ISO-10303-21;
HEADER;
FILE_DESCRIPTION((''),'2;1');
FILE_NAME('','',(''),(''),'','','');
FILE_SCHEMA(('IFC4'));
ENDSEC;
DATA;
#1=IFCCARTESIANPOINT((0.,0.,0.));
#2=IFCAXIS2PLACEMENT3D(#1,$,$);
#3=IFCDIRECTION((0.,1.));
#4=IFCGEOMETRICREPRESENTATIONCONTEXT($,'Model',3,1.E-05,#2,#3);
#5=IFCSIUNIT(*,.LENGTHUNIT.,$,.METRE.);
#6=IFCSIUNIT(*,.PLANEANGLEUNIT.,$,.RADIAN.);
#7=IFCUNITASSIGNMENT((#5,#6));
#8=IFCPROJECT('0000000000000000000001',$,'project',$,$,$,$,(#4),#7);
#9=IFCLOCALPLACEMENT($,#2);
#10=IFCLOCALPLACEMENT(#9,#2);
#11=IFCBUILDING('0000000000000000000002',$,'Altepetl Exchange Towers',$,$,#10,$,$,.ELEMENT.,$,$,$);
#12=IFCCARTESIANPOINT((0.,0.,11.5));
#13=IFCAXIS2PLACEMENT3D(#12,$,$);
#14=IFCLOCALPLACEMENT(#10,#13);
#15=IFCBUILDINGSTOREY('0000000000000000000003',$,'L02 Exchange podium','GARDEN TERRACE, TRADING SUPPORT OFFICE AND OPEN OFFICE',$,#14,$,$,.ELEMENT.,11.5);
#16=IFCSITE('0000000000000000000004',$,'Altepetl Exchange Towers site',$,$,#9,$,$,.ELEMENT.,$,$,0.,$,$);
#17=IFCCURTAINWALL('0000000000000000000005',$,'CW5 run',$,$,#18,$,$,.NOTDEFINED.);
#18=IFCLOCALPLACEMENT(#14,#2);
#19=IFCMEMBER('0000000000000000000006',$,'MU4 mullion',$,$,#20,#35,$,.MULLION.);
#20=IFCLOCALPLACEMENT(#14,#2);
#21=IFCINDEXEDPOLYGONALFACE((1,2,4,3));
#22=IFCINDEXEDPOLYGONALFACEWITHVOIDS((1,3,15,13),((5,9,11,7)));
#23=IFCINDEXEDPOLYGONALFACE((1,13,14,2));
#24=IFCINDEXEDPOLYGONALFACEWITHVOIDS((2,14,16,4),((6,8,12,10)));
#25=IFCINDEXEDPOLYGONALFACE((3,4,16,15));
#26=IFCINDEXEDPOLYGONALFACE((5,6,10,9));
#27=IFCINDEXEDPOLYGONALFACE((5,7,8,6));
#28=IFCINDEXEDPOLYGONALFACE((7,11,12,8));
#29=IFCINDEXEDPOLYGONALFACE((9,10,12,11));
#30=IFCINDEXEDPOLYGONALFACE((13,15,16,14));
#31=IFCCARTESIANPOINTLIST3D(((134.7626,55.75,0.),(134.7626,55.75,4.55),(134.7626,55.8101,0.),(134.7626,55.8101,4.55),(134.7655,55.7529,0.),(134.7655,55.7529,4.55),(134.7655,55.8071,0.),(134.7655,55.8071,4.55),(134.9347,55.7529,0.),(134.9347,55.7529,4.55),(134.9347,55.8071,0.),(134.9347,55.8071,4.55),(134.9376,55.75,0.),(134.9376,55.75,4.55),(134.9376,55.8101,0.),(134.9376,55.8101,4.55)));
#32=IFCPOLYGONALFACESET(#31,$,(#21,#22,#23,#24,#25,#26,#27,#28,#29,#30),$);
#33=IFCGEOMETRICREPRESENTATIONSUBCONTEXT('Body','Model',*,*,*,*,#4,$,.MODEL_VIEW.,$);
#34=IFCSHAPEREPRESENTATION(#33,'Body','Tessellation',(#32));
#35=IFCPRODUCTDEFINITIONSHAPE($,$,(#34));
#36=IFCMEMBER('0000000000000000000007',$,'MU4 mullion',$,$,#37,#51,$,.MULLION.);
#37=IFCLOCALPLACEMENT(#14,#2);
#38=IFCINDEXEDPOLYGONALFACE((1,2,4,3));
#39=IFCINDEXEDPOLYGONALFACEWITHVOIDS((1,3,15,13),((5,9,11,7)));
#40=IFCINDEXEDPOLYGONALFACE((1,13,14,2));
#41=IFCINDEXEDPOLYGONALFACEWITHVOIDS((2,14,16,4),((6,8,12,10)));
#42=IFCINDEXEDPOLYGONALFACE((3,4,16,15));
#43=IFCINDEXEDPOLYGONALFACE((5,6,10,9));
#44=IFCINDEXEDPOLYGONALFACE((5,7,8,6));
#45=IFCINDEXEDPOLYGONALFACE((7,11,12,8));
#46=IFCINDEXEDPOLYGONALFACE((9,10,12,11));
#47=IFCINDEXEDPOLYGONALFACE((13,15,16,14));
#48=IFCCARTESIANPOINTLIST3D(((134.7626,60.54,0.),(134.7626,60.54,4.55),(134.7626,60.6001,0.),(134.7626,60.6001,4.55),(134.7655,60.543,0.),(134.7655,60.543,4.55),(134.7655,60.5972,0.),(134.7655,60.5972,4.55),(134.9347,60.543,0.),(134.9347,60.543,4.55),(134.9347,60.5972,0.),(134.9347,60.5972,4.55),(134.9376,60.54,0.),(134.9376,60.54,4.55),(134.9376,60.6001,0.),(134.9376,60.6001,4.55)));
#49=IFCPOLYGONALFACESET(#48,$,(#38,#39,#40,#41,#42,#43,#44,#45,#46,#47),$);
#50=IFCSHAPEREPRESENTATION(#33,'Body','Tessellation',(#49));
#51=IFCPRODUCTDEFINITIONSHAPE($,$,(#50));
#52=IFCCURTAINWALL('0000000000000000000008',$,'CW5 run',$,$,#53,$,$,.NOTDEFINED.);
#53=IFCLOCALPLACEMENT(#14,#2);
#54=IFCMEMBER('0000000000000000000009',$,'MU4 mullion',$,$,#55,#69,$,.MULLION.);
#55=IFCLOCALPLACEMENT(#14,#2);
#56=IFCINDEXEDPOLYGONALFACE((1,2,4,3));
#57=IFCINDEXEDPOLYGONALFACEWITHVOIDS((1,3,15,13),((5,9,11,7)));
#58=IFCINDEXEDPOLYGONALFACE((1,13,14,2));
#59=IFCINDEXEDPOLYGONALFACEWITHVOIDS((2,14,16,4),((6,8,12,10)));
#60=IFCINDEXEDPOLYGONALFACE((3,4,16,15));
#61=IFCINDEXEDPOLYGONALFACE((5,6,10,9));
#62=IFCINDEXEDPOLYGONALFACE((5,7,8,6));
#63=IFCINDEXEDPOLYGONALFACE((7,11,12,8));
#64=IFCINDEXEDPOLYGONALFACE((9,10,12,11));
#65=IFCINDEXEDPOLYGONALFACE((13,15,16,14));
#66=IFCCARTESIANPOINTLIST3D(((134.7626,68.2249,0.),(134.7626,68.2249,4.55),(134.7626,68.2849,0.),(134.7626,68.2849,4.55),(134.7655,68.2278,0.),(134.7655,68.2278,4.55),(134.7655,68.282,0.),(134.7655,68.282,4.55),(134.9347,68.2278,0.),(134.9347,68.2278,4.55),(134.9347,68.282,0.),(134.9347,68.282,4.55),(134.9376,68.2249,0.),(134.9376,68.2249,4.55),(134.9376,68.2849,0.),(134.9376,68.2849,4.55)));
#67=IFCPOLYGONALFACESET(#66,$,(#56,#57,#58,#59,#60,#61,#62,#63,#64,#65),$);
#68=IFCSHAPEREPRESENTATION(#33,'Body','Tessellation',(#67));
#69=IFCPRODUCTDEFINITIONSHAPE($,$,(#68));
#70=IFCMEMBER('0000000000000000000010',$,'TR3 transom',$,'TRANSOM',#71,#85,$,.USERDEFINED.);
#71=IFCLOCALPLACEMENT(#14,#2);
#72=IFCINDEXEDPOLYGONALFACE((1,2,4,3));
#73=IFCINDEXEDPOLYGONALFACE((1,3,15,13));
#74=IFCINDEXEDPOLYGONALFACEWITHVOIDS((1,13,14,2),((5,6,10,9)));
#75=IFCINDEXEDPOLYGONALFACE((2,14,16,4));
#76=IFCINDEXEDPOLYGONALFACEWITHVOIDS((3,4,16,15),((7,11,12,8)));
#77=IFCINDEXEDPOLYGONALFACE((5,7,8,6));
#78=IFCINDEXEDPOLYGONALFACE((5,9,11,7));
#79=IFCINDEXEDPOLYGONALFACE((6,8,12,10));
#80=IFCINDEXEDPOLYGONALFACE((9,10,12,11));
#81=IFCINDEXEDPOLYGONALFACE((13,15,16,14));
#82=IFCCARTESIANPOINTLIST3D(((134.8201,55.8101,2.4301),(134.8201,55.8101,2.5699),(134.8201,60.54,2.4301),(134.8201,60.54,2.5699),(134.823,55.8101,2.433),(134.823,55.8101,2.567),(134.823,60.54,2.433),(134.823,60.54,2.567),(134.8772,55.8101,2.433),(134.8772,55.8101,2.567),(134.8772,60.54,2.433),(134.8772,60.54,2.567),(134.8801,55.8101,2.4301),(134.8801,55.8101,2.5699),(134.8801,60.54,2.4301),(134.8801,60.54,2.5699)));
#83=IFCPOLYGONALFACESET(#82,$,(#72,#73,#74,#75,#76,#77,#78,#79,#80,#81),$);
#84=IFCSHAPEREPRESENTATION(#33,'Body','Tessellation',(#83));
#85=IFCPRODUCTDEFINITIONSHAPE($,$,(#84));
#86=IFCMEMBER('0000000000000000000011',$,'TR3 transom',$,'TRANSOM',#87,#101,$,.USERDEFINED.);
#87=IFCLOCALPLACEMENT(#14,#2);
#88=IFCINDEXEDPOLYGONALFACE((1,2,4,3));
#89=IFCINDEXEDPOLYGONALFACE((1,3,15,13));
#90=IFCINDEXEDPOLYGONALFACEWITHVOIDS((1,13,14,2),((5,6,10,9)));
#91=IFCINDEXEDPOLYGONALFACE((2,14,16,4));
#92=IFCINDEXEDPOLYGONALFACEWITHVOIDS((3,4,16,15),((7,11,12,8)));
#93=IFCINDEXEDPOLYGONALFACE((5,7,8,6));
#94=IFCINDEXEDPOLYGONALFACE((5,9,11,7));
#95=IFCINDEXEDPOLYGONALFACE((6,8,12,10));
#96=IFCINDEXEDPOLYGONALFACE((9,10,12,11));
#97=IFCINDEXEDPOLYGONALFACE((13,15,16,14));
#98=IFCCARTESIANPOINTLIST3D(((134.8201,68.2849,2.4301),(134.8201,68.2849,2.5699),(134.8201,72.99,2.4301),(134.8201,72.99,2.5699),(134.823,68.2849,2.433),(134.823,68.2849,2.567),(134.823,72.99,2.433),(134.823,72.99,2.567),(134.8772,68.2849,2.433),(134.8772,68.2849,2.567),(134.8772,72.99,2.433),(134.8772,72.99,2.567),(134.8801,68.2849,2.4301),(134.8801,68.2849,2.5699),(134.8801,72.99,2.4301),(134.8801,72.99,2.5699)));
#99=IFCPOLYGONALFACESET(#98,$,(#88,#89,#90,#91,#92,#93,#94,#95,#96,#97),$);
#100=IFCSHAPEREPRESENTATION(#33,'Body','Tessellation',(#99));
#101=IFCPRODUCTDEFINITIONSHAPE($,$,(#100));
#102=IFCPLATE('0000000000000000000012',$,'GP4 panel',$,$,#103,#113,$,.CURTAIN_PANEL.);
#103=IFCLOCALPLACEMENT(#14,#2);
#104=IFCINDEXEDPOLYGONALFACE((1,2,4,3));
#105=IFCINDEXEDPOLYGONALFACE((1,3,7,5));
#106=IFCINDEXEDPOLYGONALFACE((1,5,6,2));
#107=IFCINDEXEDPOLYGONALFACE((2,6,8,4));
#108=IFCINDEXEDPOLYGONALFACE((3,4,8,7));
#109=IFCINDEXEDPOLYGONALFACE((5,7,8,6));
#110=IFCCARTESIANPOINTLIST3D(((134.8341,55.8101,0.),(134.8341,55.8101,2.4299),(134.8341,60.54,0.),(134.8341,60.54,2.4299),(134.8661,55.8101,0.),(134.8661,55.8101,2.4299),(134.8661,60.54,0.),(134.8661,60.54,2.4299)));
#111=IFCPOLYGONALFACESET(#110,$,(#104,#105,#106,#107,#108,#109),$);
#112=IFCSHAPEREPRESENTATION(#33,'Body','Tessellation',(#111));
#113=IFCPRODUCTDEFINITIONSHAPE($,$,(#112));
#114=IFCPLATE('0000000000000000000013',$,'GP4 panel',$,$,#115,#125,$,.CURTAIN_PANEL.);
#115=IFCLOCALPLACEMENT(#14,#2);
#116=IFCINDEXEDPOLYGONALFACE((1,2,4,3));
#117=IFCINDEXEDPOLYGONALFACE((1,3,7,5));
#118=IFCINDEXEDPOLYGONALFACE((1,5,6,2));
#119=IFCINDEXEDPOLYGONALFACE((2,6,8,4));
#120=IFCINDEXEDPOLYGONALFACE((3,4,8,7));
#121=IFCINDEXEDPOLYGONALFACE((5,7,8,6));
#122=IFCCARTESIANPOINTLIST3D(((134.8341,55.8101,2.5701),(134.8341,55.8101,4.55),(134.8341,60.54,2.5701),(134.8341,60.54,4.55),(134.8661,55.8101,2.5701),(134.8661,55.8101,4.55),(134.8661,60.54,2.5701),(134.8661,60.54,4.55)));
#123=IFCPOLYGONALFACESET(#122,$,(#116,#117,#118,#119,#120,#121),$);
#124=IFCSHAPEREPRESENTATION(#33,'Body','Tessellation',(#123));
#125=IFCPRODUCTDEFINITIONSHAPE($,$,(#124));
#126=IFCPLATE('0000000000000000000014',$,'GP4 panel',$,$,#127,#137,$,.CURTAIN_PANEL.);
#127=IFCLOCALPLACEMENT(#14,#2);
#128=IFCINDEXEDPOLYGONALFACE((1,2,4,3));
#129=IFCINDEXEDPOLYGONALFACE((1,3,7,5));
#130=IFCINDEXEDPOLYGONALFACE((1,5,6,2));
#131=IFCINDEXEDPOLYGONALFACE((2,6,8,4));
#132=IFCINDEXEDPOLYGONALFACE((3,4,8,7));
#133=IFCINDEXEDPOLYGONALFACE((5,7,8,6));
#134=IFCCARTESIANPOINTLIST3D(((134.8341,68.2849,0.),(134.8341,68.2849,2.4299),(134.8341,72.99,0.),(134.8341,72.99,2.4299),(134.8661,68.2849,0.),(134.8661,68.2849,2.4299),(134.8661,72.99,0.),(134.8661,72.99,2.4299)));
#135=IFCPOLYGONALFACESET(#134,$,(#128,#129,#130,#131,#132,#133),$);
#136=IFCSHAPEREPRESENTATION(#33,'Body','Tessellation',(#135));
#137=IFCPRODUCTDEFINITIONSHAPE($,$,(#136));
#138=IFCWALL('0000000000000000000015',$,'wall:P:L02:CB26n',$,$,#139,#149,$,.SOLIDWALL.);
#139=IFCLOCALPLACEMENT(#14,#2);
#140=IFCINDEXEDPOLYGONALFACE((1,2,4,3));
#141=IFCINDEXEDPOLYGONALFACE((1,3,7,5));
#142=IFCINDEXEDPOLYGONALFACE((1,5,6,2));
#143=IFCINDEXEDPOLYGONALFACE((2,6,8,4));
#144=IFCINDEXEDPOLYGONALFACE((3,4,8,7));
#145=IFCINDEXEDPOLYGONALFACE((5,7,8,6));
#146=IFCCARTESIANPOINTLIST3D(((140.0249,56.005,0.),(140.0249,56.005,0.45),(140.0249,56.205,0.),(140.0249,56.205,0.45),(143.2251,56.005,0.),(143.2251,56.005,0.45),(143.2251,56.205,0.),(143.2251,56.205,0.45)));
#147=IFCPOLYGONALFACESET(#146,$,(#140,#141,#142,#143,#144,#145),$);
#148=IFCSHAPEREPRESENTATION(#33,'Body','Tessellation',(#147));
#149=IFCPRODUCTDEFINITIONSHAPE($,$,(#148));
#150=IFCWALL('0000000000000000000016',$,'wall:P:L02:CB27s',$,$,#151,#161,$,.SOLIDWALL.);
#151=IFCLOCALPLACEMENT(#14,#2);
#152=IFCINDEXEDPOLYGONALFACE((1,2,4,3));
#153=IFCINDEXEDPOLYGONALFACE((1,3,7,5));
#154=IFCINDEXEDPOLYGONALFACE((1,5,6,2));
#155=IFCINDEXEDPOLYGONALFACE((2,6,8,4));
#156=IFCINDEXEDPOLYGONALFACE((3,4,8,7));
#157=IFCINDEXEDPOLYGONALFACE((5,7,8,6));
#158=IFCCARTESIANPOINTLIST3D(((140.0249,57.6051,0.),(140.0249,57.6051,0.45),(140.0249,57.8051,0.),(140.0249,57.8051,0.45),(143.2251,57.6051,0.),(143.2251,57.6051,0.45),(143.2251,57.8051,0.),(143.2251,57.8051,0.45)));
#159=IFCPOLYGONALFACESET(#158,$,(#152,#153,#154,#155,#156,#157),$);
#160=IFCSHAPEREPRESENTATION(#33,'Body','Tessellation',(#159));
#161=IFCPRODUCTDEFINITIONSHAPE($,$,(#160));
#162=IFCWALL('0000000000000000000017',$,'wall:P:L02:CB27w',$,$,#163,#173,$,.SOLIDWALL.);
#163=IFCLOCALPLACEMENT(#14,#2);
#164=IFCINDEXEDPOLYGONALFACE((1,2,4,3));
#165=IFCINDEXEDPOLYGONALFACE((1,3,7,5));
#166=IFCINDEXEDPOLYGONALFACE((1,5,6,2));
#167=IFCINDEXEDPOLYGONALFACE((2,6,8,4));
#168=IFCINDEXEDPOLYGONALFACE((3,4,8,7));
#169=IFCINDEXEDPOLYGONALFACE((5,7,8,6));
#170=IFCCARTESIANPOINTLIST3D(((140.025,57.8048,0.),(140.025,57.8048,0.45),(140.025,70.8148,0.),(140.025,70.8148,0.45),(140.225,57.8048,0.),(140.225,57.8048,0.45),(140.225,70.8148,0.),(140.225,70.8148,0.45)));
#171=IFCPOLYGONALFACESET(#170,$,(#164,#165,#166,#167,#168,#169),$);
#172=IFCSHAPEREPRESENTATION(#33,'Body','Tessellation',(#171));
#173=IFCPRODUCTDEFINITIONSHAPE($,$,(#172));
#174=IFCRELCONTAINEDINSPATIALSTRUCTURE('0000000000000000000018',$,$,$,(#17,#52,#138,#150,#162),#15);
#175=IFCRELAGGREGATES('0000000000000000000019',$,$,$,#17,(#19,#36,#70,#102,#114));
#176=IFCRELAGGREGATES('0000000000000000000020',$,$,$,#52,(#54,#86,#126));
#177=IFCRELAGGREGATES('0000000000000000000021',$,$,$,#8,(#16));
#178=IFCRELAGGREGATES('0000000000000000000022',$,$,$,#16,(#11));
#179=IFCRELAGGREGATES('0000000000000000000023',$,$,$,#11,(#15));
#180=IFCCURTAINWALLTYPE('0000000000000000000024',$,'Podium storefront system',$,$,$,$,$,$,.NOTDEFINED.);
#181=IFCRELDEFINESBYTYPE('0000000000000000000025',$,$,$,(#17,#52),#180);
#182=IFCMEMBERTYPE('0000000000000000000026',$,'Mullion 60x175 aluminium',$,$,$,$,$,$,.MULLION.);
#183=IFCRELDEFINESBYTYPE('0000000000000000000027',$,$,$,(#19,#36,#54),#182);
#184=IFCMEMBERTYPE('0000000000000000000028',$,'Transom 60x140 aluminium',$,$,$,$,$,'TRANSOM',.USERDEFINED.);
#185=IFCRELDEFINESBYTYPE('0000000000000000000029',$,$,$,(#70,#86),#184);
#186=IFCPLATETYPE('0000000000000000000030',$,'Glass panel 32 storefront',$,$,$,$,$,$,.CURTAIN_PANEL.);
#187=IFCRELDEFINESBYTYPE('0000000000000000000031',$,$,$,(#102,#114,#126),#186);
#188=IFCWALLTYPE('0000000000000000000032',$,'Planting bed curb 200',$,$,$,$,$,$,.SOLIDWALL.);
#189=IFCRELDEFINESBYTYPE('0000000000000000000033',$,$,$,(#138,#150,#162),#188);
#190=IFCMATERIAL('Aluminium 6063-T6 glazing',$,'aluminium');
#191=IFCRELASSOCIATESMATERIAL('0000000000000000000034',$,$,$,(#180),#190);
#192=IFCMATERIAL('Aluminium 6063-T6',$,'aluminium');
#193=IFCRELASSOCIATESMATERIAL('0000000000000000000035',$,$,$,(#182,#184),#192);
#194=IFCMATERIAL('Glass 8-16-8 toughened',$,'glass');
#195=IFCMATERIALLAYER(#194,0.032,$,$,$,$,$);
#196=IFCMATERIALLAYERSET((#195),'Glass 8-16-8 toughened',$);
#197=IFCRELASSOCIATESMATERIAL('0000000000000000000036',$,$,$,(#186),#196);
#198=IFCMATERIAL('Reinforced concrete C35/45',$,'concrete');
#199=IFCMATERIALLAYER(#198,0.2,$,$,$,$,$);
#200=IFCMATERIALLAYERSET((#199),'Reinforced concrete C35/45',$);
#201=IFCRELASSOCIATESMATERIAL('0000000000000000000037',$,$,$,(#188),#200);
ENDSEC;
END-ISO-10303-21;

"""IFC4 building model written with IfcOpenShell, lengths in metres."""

from ifc_helpers import new_model, si_unit, direction, frame, frame_2d, origin, origin_2d, place, context, subcontext, project, spatial, rectangle, hollow_rectangle, extrude, material, layer, layer_set, material_profile, profile_set, type_object, element, aggregate, save


model = new_model("IFC4")

# Units and contexts
model_context = context("Model", 3, precision=1e-05, world=origin(), true_north=direction((0.0, 1.0)))
body_context = subcontext(model_context, "Body", "Model", "MODEL_VIEW")
ifc_project = project(units=[si_unit("LENGTHUNIT", "METRE"), si_unit("PLANEANGLEUNIT", "RADIAN")], contexts=[model_context])

# Site, building, storey
site_placement = place(None, origin())
site = spatial("IfcSite", under=ifc_project, at=site_placement, Name="Altepetl Exchange Towers site", CompositionType="ELEMENT", RefElevation=0.0)
building_placement = place(site_placement, origin())
building = spatial("IfcBuilding", under=site, at=building_placement, Name="Altepetl Exchange Towers", CompositionType="ELEMENT")
storey_placement = place(building_placement, frame((0.0, 0.0, 11.5)))
storey = spatial("IfcBuildingStorey", under=building, at=storey_placement, Name="L02 Exchange podium", Description="GARDEN TERRACE, TRADING SUPPORT OFFICE AND OPEN OFFICE", CompositionType="ELEMENT", Elevation=11.5)

# Curtain wall, members
ifc_material_1 = material(Name="Aluminium 6063-T6 glazing", Category="aluminium")
curtain_wall_type = type_object("IfcCurtainWallType", Name="Podium storefront system", PredefinedType="NOTDEFINED", material=ifc_material_1)
curtain_wall_1_placement = place(storey_placement, origin())
curtain_wall_1 = element("IfcCurtainWall", 1, at=curtain_wall_1_placement, inside=storey, type_object=curtain_wall_type, Name="CW5 run", PredefinedType="NOTDEFINED")
ifc_material_2 = material(Name="Aluminium 6063-T6", Category="aluminium")
ifc_material_profile_1 = material_profile(ifc_material_2, hollow_rectangle(XDim=0.0601, YDim=0.175, WallThickness=0.0029, at=origin_2d()), Name="Mullion 60x175 aluminium")
ifc_profile_set_1 = profile_set([ifc_material_profile_1], Name="Aluminium 6063-T6")
member_type_1 = type_object("IfcMemberType", Name="Mullion 60x175 aluminium", PredefinedType="MULLION", material=ifc_profile_set_1)
member_1_placement = place(storey_placement, frame((134.8501, 55.78, 0.0), z_axis=(0.0, 0.0, 1.0), x_axis=(0.0, 1.0, 0.0)))
member_1 = element("IfcMember", 2, at=member_1_placement, type_object=member_type_1, Name="MU4 mullion", PredefinedType="MULLION", context=body_context, shape_type="SweptSolid", body=[
    extrude(hollow_rectangle(XDim=0.0601, YDim=0.175, WallThickness=0.0029, at=origin_2d()), origin(), (0.0, 0.0, 1.0), 4.55),
])
member_2_placement = place(storey_placement, frame((134.8501, 60.5701, 0.0), z_axis=(0.0, 0.0, 1.0), x_axis=(0.0, 1.0, 0.0)))
member_2 = element("IfcMember", 3, at=member_2_placement, type_object=member_type_1, Name="MU4 mullion", PredefinedType="MULLION", context=body_context, shape_type="SweptSolid", body=[
    extrude(hollow_rectangle(XDim=0.0601, YDim=0.175, WallThickness=0.0029, at=origin_2d()), origin(), (0.0, 0.0, 1.0), 4.55),
])

# Curtain wall, member
curtain_wall_2_placement = place(storey_placement, origin())
curtain_wall_2 = element("IfcCurtainWall", 4, at=curtain_wall_2_placement, inside=storey, type_object=curtain_wall_type, Name="CW5 run", PredefinedType="NOTDEFINED")
member_3_placement = place(storey_placement, frame((134.8501, 68.2549, 0.0), z_axis=(0.0, 0.0, 1.0), x_axis=(0.0, 1.0, 0.0)))
member_3 = element("IfcMember", 5, at=member_3_placement, type_object=member_type_1, Name="MU4 mullion", PredefinedType="MULLION", context=body_context, shape_type="SweptSolid", body=[
    extrude(hollow_rectangle(XDim=0.0601, YDim=0.175, WallThickness=0.0029, at=origin_2d()), origin(), (0.0, 0.0, 1.0), 4.55),
])

# Members
ifc_material_profile_2 = material_profile(ifc_material_2, hollow_rectangle(XDim=0.0601, YDim=0.1399, WallThickness=0.0029, at=origin_2d()), Name="Transom 60x140 aluminium")
ifc_profile_set_2 = profile_set([ifc_material_profile_2], Name="Aluminium 6063-T6")
member_type_2 = type_object("IfcMemberType", Name="Transom 60x140 aluminium", ElementType="TRANSOM", PredefinedType="USERDEFINED", material=ifc_profile_set_2)
member_4_placement = place(storey_placement, frame((134.8501, 55.8101, 2.5), z_axis=(0.0, 1.0, 0.0), x_axis=(-1.0, 0.0, 0.0)))
member_4 = element("IfcMember", 6, at=member_4_placement, type_object=member_type_2, Name="TR3 transom", ObjectType="TRANSOM", PredefinedType="USERDEFINED", context=body_context, shape_type="SweptSolid", body=[
    extrude(hollow_rectangle(XDim=0.0601, YDim=0.1399, WallThickness=0.0029, at=origin_2d()), origin(), (0.0, 0.0, 1.0), 4.73),
])
member_5_placement = place(storey_placement, frame((134.8501, 68.2849, 2.5), z_axis=(0.0, 1.0, 0.0), x_axis=(-1.0, 0.0, 0.0)))
member_5 = element("IfcMember", 7, at=member_5_placement, type_object=member_type_2, Name="TR3 transom", ObjectType="TRANSOM", PredefinedType="USERDEFINED", context=body_context, shape_type="SweptSolid", body=[
    extrude(hollow_rectangle(XDim=0.0601, YDim=0.1399, WallThickness=0.0029, at=origin_2d()), origin(), (0.0, 0.0, 1.0), 4.7051),
])

# Plates
ifc_material_3 = material(Name="Glass 8-16-8 toughened", Category="glass")
ifc_layer_1 = layer(ifc_material_3, 0.032)
ifc_layer_set_1 = layer_set([ifc_layer_1], Name="Glass 8-16-8 toughened")
plate_type = type_object("IfcPlateType", Name="Glass panel 32 storefront", PredefinedType="CURTAIN_PANEL", material=ifc_layer_set_1)
plate_1_placement = place(storey_placement, frame((134.8501, 58.175, 0.0), z_axis=(0.0, 0.0, 1.0), x_axis=(0.0, 1.0, 0.0)))
plate_1 = element("IfcPlate", 8, at=plate_1_placement, type_object=plate_type, Name="GP4 panel", PredefinedType="CURTAIN_PANEL", context=body_context, shape_type="SweptSolid", body=[
    extrude(rectangle(XDim=4.73, YDim=0.032, at=origin_2d()), origin(), (0.0, 0.0, 1.0), 2.4299),
])
plate_2_placement = place(storey_placement, frame((134.8501, 58.175, 2.5701), z_axis=(0.0, 0.0, 1.0), x_axis=(0.0, 1.0, 0.0)))
plate_2 = element("IfcPlate", 9, at=plate_2_placement, type_object=plate_type, Name="GP4 panel", PredefinedType="CURTAIN_PANEL", context=body_context, shape_type="SweptSolid", body=[
    extrude(rectangle(XDim=4.73, YDim=0.032, at=origin_2d()), origin(), (0.0, 0.0, 1.0), 1.98),
])
aggregate(curtain_wall_1, [member_1, member_2, member_4, plate_1, plate_2])
plate_3_placement = place(storey_placement, frame((134.8501, 70.6375, 0.0), z_axis=(0.0, 0.0, 1.0), x_axis=(0.0, 1.0, 0.0)))
plate_3 = element("IfcPlate", 10, at=plate_3_placement, type_object=plate_type, Name="GP4 panel", PredefinedType="CURTAIN_PANEL", context=body_context, shape_type="SweptSolid", body=[
    extrude(rectangle(XDim=4.7051, YDim=0.032, at=origin_2d()), origin(), (0.0, 0.0, 1.0), 2.4299),
])
aggregate(curtain_wall_2, [member_3, member_5, plate_3])

# Walls
ifc_material_4 = material(Name="Reinforced concrete C35/45", Category="concrete")
ifc_layer_2 = layer(ifc_material_4, 0.2)
ifc_layer_set_2 = layer_set([ifc_layer_2], Name="Reinforced concrete C35/45")
wall_type_1 = type_object("IfcWallType", Name="Planting bed curb 200", PredefinedType="SOLIDWALL", material=ifc_layer_set_2)
for number, where, name in (
    (11, (140.0249, 56.105, 0.0), "wall:P:L02:CB26n"),
    (12, (140.0249, 57.7051, 0.0), "wall:P:L02:CB27s"),
):
    element("IfcWall", number, at=place(storey_placement, frame(where)), inside=storey, type_object=wall_type_1, Name=name, PredefinedType="SOLIDWALL", context=body_context, shape_type="SweptSolid", body=[
        extrude(rectangle(XDim=3.2002, YDim=0.2, at=frame_2d((1.6001, 0.0))), origin(), (0.0, 0.0, 1.0), 0.45),
    ])
wall_1_placement = place(storey_placement, frame((140.125, 57.8049, 0.0), z_axis=(0.0, 0.0, 1.0), x_axis=(0.0, 1.0, 0.0)))
element("IfcWall", 13, at=wall_1_placement, inside=storey, type_object=wall_type_1, Name="wall:P:L02:CB27w", PredefinedType="SOLIDWALL", context=body_context, shape_type="SweptSolid", body=[
    extrude(rectangle(XDim=13.01, YDim=0.2, at=frame_2d((6.5049, 0.0))), origin(), (0.0, 0.0, 1.0), 0.45),
])

save(model, "model.ifc")
